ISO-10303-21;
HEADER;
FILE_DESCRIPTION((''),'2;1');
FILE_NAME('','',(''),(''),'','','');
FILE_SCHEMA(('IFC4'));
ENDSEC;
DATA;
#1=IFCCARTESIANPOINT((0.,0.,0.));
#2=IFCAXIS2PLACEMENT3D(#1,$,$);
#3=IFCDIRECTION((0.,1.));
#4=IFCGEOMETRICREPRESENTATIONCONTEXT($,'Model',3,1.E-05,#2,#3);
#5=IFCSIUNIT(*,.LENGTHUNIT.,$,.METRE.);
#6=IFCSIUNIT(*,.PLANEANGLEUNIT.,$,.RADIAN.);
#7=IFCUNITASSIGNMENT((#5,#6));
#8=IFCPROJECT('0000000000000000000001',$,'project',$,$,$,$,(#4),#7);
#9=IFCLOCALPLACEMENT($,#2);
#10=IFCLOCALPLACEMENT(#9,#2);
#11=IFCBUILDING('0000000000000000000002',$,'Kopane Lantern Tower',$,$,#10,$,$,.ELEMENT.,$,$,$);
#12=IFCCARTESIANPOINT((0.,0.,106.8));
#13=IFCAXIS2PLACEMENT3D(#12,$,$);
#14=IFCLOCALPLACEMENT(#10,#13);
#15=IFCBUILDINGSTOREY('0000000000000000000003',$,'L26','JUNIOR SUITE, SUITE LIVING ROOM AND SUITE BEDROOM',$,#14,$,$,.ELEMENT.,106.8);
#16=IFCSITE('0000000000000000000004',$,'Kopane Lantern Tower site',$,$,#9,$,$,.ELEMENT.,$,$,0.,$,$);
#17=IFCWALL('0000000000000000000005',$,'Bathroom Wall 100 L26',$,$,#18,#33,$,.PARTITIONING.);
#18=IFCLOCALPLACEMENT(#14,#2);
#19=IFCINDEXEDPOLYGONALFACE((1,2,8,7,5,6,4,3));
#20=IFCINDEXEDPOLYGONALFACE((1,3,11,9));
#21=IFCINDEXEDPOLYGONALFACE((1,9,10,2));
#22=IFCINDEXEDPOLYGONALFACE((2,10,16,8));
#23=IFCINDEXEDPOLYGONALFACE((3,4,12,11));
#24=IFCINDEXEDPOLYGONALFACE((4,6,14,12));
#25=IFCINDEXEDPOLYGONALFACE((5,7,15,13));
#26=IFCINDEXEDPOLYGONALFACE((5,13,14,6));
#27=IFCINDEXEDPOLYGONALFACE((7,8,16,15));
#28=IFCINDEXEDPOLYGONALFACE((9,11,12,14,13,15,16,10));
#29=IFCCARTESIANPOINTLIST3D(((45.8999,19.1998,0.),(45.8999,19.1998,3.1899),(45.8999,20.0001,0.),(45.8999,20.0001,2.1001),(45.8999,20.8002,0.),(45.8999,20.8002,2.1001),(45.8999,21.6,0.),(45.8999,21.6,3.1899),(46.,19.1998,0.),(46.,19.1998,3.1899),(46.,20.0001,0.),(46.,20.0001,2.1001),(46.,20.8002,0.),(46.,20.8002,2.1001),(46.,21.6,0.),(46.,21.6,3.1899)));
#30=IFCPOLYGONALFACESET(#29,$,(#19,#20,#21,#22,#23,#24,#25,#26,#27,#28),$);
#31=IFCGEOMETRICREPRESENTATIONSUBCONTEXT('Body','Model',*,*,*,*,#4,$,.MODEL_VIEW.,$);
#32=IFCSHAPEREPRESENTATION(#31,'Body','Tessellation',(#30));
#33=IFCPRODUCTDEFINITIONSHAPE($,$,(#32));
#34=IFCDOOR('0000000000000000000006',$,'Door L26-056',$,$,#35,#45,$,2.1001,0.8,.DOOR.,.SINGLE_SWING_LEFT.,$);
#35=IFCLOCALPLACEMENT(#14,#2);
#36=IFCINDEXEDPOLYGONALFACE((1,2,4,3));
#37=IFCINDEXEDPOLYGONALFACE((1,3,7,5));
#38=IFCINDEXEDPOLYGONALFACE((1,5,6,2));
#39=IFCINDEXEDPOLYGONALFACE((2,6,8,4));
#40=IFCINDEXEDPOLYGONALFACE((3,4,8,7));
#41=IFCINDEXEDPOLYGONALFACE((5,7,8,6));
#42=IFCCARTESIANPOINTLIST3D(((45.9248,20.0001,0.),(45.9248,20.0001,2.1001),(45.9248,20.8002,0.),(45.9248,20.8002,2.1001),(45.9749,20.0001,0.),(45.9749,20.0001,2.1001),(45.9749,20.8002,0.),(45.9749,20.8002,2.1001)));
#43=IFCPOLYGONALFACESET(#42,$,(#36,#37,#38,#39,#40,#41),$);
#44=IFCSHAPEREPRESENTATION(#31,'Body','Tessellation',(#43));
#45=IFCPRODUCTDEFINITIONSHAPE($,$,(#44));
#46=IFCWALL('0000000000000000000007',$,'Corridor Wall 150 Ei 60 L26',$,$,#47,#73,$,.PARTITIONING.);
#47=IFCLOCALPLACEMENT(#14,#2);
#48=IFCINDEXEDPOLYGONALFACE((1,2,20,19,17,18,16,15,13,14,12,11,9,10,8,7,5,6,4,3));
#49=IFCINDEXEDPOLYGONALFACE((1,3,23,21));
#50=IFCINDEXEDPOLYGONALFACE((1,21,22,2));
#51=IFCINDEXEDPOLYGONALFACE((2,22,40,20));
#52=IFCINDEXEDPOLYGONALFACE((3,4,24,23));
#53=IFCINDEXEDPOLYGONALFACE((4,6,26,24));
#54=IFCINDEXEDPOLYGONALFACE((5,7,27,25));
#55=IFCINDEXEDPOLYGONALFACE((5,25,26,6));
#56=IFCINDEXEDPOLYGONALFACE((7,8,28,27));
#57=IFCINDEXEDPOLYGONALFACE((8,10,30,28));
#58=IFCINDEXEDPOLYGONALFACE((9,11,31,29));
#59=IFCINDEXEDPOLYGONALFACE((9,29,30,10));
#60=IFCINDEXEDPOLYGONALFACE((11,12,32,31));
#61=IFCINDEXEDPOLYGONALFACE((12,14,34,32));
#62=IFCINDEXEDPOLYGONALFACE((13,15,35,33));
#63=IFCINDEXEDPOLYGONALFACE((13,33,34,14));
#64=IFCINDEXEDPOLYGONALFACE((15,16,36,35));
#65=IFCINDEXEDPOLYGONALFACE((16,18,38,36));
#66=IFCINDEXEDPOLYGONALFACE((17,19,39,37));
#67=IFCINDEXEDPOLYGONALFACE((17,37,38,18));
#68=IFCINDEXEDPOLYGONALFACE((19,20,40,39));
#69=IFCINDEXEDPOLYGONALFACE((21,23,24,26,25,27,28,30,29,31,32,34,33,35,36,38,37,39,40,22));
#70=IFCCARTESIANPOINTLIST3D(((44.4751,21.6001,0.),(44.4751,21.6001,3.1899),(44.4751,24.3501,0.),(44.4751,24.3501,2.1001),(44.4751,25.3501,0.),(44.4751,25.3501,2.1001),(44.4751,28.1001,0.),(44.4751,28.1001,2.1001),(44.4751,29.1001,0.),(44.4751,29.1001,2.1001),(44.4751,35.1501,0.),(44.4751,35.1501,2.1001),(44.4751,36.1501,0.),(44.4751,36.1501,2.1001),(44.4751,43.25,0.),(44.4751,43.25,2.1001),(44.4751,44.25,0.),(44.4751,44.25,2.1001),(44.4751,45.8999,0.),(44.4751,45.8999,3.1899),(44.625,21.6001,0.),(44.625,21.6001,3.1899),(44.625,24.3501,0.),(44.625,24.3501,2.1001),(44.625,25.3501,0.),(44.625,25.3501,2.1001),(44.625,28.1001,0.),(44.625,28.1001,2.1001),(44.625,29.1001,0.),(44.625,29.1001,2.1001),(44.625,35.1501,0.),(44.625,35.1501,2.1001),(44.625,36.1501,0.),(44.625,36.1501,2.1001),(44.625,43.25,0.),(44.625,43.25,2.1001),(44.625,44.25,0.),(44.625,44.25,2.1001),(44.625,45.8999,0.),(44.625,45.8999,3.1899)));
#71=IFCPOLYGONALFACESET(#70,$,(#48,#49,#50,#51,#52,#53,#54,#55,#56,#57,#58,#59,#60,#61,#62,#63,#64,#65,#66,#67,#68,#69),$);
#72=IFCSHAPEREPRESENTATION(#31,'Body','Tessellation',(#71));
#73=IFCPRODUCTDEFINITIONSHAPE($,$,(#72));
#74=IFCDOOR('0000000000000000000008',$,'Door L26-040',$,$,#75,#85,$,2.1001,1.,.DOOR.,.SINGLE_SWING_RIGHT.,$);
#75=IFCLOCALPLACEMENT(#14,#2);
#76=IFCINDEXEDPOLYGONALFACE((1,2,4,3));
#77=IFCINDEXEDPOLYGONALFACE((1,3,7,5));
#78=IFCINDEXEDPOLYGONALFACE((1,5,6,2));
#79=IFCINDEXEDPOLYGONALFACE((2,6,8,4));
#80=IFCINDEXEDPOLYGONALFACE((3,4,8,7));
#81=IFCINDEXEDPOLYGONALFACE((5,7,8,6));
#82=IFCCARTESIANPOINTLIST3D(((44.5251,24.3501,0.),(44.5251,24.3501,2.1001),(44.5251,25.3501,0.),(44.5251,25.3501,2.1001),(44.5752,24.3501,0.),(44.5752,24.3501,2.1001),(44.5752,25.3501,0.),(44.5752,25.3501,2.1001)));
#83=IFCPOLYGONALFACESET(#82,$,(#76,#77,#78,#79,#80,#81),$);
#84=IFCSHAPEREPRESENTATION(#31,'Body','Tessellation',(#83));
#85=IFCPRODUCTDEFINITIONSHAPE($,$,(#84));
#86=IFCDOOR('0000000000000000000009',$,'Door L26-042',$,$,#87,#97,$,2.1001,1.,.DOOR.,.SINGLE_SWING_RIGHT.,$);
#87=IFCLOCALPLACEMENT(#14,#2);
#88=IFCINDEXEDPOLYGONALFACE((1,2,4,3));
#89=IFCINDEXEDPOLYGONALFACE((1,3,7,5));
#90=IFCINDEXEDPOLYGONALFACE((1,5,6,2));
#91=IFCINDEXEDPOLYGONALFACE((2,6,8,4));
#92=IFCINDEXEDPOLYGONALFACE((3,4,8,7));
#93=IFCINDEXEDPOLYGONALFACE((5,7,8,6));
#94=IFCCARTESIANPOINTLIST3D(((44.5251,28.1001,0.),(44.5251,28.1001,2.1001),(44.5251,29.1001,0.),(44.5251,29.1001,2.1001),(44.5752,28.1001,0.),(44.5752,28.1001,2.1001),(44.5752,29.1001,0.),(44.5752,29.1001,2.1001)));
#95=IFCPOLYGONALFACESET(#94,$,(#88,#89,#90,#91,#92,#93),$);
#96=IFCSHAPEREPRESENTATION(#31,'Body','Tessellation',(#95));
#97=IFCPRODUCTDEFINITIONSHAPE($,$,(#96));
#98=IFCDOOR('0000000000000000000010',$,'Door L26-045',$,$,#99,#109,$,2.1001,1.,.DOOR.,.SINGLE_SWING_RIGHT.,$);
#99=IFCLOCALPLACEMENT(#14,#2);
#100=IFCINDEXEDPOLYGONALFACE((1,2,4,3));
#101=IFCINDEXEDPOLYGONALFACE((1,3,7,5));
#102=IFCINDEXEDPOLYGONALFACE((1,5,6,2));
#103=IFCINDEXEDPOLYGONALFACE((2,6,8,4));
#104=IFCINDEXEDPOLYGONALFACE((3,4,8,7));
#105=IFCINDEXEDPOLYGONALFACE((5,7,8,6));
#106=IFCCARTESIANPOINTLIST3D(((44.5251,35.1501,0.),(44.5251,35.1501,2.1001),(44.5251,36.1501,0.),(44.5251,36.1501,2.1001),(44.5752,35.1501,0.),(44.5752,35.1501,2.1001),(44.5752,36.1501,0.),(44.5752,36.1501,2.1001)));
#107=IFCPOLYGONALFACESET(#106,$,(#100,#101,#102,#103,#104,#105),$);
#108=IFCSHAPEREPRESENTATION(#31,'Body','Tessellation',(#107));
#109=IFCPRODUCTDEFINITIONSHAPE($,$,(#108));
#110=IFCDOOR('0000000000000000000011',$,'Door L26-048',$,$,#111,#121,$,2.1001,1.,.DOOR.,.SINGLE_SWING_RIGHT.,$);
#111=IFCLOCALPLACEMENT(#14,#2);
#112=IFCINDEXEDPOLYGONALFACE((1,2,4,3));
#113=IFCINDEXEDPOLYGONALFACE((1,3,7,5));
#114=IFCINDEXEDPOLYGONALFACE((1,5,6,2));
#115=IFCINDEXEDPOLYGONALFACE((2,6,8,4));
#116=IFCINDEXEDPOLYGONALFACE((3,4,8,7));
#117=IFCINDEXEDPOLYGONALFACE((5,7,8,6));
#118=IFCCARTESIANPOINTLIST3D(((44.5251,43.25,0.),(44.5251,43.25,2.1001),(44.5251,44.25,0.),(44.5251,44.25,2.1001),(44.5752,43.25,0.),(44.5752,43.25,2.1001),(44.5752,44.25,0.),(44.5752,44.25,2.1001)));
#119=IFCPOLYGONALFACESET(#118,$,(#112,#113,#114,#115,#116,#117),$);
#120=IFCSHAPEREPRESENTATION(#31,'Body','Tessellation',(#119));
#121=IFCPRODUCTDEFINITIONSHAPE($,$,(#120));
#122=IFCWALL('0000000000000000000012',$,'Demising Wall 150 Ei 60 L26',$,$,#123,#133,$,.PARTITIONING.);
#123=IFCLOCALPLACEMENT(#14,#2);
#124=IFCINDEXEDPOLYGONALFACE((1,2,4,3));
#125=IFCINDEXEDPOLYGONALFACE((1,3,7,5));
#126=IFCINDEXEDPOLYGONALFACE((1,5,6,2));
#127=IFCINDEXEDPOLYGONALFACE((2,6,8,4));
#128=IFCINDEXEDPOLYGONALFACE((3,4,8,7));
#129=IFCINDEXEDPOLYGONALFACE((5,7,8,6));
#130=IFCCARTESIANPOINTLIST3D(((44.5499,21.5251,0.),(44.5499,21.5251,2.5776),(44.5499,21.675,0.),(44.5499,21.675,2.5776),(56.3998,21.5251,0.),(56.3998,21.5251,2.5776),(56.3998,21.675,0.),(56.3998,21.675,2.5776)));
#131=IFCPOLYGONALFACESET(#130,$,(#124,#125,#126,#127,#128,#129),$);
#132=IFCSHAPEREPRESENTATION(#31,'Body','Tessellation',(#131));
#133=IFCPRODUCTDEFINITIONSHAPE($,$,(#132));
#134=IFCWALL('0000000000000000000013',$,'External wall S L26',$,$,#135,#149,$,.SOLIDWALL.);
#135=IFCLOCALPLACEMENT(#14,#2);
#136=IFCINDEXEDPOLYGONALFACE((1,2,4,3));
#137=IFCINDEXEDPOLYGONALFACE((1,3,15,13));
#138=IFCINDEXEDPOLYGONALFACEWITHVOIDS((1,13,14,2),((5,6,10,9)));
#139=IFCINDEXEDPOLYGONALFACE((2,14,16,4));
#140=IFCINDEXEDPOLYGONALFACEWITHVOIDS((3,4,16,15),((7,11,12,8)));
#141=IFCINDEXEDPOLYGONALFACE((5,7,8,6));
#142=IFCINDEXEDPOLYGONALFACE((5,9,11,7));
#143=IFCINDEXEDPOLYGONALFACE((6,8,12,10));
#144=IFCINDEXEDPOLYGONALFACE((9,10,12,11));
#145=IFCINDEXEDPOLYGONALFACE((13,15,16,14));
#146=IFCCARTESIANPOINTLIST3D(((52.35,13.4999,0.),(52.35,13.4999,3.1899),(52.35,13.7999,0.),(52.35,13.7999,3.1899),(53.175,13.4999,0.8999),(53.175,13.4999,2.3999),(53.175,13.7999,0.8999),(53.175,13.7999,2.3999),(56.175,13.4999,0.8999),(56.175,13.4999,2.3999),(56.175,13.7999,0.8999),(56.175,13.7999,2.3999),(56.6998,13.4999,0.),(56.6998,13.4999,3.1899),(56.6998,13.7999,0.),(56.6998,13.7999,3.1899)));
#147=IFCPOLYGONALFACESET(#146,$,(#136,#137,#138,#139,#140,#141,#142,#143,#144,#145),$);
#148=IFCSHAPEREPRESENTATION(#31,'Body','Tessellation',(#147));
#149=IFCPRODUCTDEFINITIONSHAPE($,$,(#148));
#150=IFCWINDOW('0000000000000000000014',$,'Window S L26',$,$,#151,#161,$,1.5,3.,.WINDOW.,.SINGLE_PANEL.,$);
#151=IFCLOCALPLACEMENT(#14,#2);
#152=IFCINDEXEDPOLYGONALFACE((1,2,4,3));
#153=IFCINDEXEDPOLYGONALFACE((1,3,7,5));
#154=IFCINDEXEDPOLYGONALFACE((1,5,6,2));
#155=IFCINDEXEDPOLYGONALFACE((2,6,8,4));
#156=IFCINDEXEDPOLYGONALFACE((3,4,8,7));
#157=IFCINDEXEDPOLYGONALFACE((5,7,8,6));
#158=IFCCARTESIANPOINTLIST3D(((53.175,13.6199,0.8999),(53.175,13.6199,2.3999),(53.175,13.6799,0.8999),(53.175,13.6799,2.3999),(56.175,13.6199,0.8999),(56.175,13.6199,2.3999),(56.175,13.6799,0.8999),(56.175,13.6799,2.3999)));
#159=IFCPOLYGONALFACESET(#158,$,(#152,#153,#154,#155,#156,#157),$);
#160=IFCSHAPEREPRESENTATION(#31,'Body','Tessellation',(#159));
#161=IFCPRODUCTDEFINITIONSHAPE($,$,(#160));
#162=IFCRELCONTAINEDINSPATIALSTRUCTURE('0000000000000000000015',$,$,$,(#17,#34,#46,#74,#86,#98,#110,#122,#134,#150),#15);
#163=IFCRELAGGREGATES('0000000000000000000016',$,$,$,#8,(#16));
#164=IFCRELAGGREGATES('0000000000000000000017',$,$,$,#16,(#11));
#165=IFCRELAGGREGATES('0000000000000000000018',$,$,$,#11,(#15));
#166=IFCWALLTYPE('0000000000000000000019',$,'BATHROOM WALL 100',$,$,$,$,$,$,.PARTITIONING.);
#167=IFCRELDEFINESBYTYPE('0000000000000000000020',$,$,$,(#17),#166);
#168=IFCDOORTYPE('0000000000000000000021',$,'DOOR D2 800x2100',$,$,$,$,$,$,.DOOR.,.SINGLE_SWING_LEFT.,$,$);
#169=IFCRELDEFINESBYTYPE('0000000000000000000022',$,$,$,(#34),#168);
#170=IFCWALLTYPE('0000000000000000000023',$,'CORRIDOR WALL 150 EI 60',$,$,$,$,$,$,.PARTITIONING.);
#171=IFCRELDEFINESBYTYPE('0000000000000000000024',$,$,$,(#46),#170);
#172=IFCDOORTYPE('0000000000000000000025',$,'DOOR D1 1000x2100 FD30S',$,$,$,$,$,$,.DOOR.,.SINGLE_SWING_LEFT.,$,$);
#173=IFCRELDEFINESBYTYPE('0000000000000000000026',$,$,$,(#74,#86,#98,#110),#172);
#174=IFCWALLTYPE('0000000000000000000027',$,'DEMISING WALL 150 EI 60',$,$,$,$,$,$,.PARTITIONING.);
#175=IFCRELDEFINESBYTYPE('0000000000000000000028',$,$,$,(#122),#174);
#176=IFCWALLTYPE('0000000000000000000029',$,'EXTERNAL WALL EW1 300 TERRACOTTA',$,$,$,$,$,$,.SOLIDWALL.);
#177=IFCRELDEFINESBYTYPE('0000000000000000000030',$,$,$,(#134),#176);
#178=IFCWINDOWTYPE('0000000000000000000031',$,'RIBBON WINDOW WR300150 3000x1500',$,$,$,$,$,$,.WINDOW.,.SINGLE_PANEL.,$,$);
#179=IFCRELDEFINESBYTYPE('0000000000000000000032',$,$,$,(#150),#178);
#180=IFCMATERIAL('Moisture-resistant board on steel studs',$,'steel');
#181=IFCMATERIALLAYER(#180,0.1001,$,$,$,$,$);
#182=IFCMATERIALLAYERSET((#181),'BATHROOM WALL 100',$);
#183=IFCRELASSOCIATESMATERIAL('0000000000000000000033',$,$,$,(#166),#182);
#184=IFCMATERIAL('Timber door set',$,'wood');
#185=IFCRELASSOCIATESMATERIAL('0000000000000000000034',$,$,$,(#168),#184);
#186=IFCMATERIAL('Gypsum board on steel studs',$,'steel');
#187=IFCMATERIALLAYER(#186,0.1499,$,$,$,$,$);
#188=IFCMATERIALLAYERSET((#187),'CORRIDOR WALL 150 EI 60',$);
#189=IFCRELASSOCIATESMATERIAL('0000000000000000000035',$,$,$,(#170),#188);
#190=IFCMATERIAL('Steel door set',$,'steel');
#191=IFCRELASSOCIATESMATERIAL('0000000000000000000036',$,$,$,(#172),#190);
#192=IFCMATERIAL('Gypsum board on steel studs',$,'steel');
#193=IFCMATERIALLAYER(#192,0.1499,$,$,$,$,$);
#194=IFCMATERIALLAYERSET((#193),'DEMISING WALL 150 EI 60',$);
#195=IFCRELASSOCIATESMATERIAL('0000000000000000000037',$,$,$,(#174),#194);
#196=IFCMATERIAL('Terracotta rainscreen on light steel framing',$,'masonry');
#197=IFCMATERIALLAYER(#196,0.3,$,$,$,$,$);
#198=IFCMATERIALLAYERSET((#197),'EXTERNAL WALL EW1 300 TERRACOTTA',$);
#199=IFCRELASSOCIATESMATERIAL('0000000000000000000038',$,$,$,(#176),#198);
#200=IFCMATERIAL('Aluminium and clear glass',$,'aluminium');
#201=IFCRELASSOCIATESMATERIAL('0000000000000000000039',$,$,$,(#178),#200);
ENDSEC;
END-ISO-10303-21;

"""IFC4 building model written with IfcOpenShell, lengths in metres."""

from ifc_helpers import new_model, si_unit, direction, frame, frame_2d, origin, place, context, subcontext, project, spatial, rectangle, extrude, material, layer, layer_set, type_object, element, fill, save


model = new_model("IFC4")

# Units and contexts
model_context = context("Model", 3, precision=1e-05, world=origin(), true_north=direction((0.0, 1.0)))
body_context = subcontext(model_context, "Body", "Model", "MODEL_VIEW")
ifc_project = project(units=[si_unit("LENGTHUNIT", "METRE"), si_unit("PLANEANGLEUNIT", "RADIAN")], contexts=[model_context])

# Site, building, storey
site_placement = place(None, origin())
site = spatial("IfcSite", under=ifc_project, at=site_placement, Name="Kopane Lantern Tower site", CompositionType="ELEMENT", RefElevation=0.0)
building_placement = place(site_placement, origin())
building = spatial("IfcBuilding", under=site, at=building_placement, Name="Kopane Lantern Tower", CompositionType="ELEMENT")
storey_placement = place(building_placement, frame((0.0, 0.0, 106.8)))
storey = spatial("IfcBuildingStorey", under=building, at=storey_placement, Name="L26", Description="JUNIOR SUITE, SUITE LIVING ROOM AND SUITE BEDROOM", CompositionType="ELEMENT", Elevation=106.8)

# Wall, opening, door
ifc_material_1 = material(Name="Moisture-resistant board on steel studs", Category="steel")
ifc_layer_1 = layer(ifc_material_1, 0.1001)
ifc_layer_set_1 = layer_set([ifc_layer_1], Name="BATHROOM WALL 100")
wall_type_1 = type_object("IfcWallType", Name="BATHROOM WALL 100", PredefinedType="PARTITIONING", material=ifc_layer_set_1)
wall_1_placement = place(storey_placement, frame((45.95, 21.6001, 0.0), z_axis=(0.0, 0.0, 1.0), x_axis=(0.0, -1.0, 0.0)))
wall_1 = element("IfcWall", 1, at=wall_1_placement, inside=storey, type_object=wall_type_1, Name="Bathroom Wall 100 L26", PredefinedType="PARTITIONING", context=body_context, shape_type="SweptSolid", body=[
    extrude(rectangle(XDim=2.4001, YDim=0.1001, at=frame_2d((1.2002, 0.0))), origin(), (0.0, 0.0, 1.0), 3.1899),
])
opening_1_placement = place(wall_1_placement, frame((0.8, 0.0, 0.0)))
opening_1 = element("IfcOpeningElement", 2, at=opening_1_placement, cuts=wall_1, PredefinedType="OPENING", context=body_context, shape_type="SweptSolid", body=[
    extrude(rectangle(XDim=0.8, YDim=2.1001, at=frame_2d((0.3999, 1.05))), frame((0.0, 0.0601, 0.0), z_axis=(0.0, -1.0, 0.0), x_axis=(1.0, 0.0, 0.0)), (0.0, 0.0, 1.0), 0.1201),
])
ifc_material_2 = material(Name="Timber door set", Category="wood")
door_type_1 = type_object("IfcDoorType", Name="DOOR D2 800x2100", OperationType="SINGLE_SWING_LEFT", PredefinedType="DOOR", material=ifc_material_2)
door_1_placement = place(opening_1_placement, origin())
door_1 = element("IfcDoor", 3, at=door_1_placement, inside=storey, type_object=door_type_1, Name="Door L26-056", OperationType="SINGLE_SWING_LEFT", OverallHeight=2.1001, OverallWidth=0.8, PredefinedType="DOOR", context=body_context, shape_type="SweptSolid", body=[
    extrude(rectangle(XDim=0.8, YDim=2.1001, at=frame_2d((0.3999, 1.05))), frame((0.0, 0.0249, 0.0), z_axis=(0.0, -1.0, 0.0), x_axis=(1.0, 0.0, 0.0)), (0.0, 0.0, 1.0), 0.05),
])
fill(opening_1, door_1)

# Wall, openings, doors
ifc_material_3 = material(Name="Gypsum board on steel studs", Category="steel")
ifc_layer_2 = layer(ifc_material_3, 0.1499)
ifc_layer_set_2 = layer_set([ifc_layer_2], Name="CORRIDOR WALL 150 EI 60")
wall_type_2 = type_object("IfcWallType", Name="CORRIDOR WALL 150 EI 60", PredefinedType="PARTITIONING", material=ifc_layer_set_2)
wall_2_placement = place(storey_placement, frame((44.55, 21.6001, 0.0), z_axis=(0.0, 0.0, 1.0), x_axis=(0.0, 1.0, 0.0)))
wall_2 = element("IfcWall", 4, at=wall_2_placement, inside=storey, type_object=wall_type_2, Name="Corridor Wall 150 Ei 60 L26", PredefinedType="PARTITIONING", context=body_context, shape_type="SweptSolid", body=[
    extrude(rectangle(XDim=24.2998, YDim=0.1499, at=frame_2d((12.1499, 0.0))), origin(), (0.0, 0.0, 1.0), 3.1899),
])
opening_2_placement = place(wall_2_placement, frame((2.75, 0.0, 0.0)))
opening_2 = element("IfcOpeningElement", 5, at=opening_2_placement, cuts=wall_2, PredefinedType="OPENING", context=body_context, shape_type="SweptSolid", body=[
    extrude(rectangle(XDim=1.0, YDim=2.1001, at=frame_2d((0.5, 1.05))), frame((0.0, 0.085, 0.0), z_axis=(0.0, -1.0, 0.0), x_axis=(1.0, 0.0, 0.0)), (0.0, 0.0, 1.0), 0.1699),
])
opening_3_placement = place(wall_2_placement, frame((6.5, 0.0, 0.0)))
opening_3 = element("IfcOpeningElement", 6, at=opening_3_placement, cuts=wall_2, PredefinedType="OPENING", context=body_context, shape_type="SweptSolid", body=[
    extrude(rectangle(XDim=1.0, YDim=2.1001, at=frame_2d((0.5, 1.05))), frame((0.0, 0.085, 0.0), z_axis=(0.0, -1.0, 0.0), x_axis=(1.0, 0.0, 0.0)), (0.0, 0.0, 1.0), 0.1699),
])
opening_4_placement = place(wall_2_placement, frame((13.55, 0.0, 0.0)))
opening_4 = element("IfcOpeningElement", 7, at=opening_4_placement, cuts=wall_2, PredefinedType="OPENING", context=body_context, shape_type="SweptSolid", body=[
    extrude(rectangle(XDim=1.0, YDim=2.1001, at=frame_2d((0.5, 1.05))), frame((0.0, 0.085, 0.0), z_axis=(0.0, -1.0, 0.0), x_axis=(1.0, 0.0, 0.0)), (0.0, 0.0, 1.0), 0.1699),
])
opening_5_placement = place(wall_2_placement, frame((21.6499, 0.0, 0.0)))
opening_5 = element("IfcOpeningElement", 8, at=opening_5_placement, cuts=wall_2, PredefinedType="OPENING", context=body_context, shape_type="SweptSolid", body=[
    extrude(rectangle(XDim=1.0, YDim=2.1001, at=frame_2d((0.5, 1.05))), frame((0.0, 0.085, 0.0), z_axis=(0.0, -1.0, 0.0), x_axis=(1.0, 0.0, 0.0)), (0.0, 0.0, 1.0), 0.1699),
])
ifc_material_4 = material(Name="Steel door set", Category="steel")
door_type_2 = type_object("IfcDoorType", Name="DOOR D1 1000x2100 FD30S", OperationType="SINGLE_SWING_LEFT", PredefinedType="DOOR", material=ifc_material_4)
door_2_placement = place(opening_2_placement, origin())
door_2 = element("IfcDoor", 9, at=door_2_placement, inside=storey, type_object=door_type_2, Name="Door L26-040", OperationType="SINGLE_SWING_RIGHT", OverallHeight=2.1001, OverallWidth=1.0, PredefinedType="DOOR", context=body_context, shape_type="SweptSolid", body=[
    extrude(rectangle(XDim=1.0, YDim=2.1001, at=frame_2d((0.5, 1.05))), frame((0.0, 0.0249, 0.0), z_axis=(0.0, -1.0, 0.0), x_axis=(1.0, 0.0, 0.0)), (0.0, 0.0, 1.0), 0.05),
])
fill(opening_2, door_2)
door_3_placement = place(opening_3_placement, origin())
door_3 = element("IfcDoor", 10, at=door_3_placement, inside=storey, type_object=door_type_2, Name="Door L26-042", OperationType="SINGLE_SWING_RIGHT", OverallHeight=2.1001, OverallWidth=1.0, PredefinedType="DOOR", context=body_context, shape_type="SweptSolid", body=[
    extrude(rectangle(XDim=1.0, YDim=2.1001, at=frame_2d((0.5, 1.05))), frame((0.0, 0.0249, 0.0), z_axis=(0.0, -1.0, 0.0), x_axis=(1.0, 0.0, 0.0)), (0.0, 0.0, 1.0), 0.05),
])
fill(opening_3, door_3)
door_4_placement = place(opening_4_placement, origin())
door_4 = element("IfcDoor", 11, at=door_4_placement, inside=storey, type_object=door_type_2, Name="Door L26-045", OperationType="SINGLE_SWING_RIGHT", OverallHeight=2.1001, OverallWidth=1.0, PredefinedType="DOOR", context=body_context, shape_type="SweptSolid", body=[
    extrude(rectangle(XDim=1.0, YDim=2.1001, at=frame_2d((0.5, 1.05))), frame((0.0, 0.0249, 0.0), z_axis=(0.0, -1.0, 0.0), x_axis=(1.0, 0.0, 0.0)), (0.0, 0.0, 1.0), 0.05),
])
fill(opening_4, door_4)
door_5_placement = place(opening_5_placement, origin())
door_5 = element("IfcDoor", 12, at=door_5_placement, inside=storey, type_object=door_type_2, Name="Door L26-048", OperationType="SINGLE_SWING_RIGHT", OverallHeight=2.1001, OverallWidth=1.0, PredefinedType="DOOR", context=body_context, shape_type="SweptSolid", body=[
    extrude(rectangle(XDim=1.0, YDim=2.1001, at=frame_2d((0.5, 1.05))), frame((0.0, 0.0249, 0.0), z_axis=(0.0, -1.0, 0.0), x_axis=(1.0, 0.0, 0.0)), (0.0, 0.0, 1.0), 0.05),
])
fill(opening_5, door_5)

# Wall
ifc_material_5 = material(Name="Gypsum board on steel studs", Category="steel")
ifc_layer_3 = layer(ifc_material_5, 0.1499)
ifc_layer_set_3 = layer_set([ifc_layer_3], Name="DEMISING WALL 150 EI 60")
wall_type_3 = type_object("IfcWallType", Name="DEMISING WALL 150 EI 60", PredefinedType="PARTITIONING", material=ifc_layer_set_3)
wall_3_placement = place(storey_placement, frame((44.55, 21.6001, 0.0), z_axis=(0.0, 0.0, 1.0), x_axis=(1.0, 0.0, 0.0)))
element("IfcWall", 13, at=wall_3_placement, inside=storey, type_object=wall_type_3, Name="Demising Wall 150 Ei 60 L26", PredefinedType="PARTITIONING", context=body_context, shape_type="SweptSolid", body=[
    extrude(rectangle(XDim=11.8499, YDim=0.1499, at=frame_2d((5.9248, 0.0))), origin(), (0.0, 0.0, 1.0), 2.5776),
])

# Wall, opening, window
ifc_material_6 = material(Name="Terracotta rainscreen on light steel framing", Category="masonry")
ifc_layer_4 = layer(ifc_material_6, 0.3)
ifc_layer_set_4 = layer_set([ifc_layer_4], Name="EXTERNAL WALL EW1 300 TERRACOTTA")
wall_type_4 = type_object("IfcWallType", Name="EXTERNAL WALL EW1 300 TERRACOTTA", PredefinedType="SOLIDWALL", material=ifc_layer_set_4)
wall_4_placement = place(storey_placement, frame((52.3501, 13.6499, 0.0), z_axis=(0.0, 0.0, 1.0), x_axis=(1.0, 0.0, 0.0)))
wall_4 = element("IfcWall", 14, at=wall_4_placement, inside=storey, type_object=wall_type_4, Name="External wall S L26", PredefinedType="SOLIDWALL", context=body_context, shape_type="SweptSolid", body=[
    extrude(rectangle(XDim=4.3499, YDim=0.3, at=frame_2d((2.1748, 0.0))), origin(), (0.0, 0.0, 1.0), 3.1899),
])
opening_6_placement = place(wall_4_placement, frame((0.825, 0.0, 0.8999)))
opening_6 = element("IfcOpeningElement", 15, at=opening_6_placement, cuts=wall_4, PredefinedType="OPENING", context=body_context, shape_type="SweptSolid", body=[
    extrude(rectangle(XDim=3.0, YDim=1.5, at=frame_2d((1.5, 0.75))), frame((0.0, 0.1599, 0.0), z_axis=(0.0, -1.0, 0.0), x_axis=(1.0, 0.0, 0.0)), (0.0, 0.0, 1.0), 0.3201),
])
ifc_material_7 = material(Name="Aluminium and clear glass", Category="aluminium")
window_type_1 = type_object("IfcWindowType", Name="RIBBON WINDOW WR300150 3000x1500", PartitioningType="SINGLE_PANEL", PredefinedType="WINDOW", material=ifc_material_7)
window_1_placement = place(opening_6_placement, origin())
window_1 = element("IfcWindow", 16, at=window_1_placement, inside=storey, type_object=window_type_1, Name="Window S L26", OverallHeight=1.5, OverallWidth=3.0, PartitioningType="SINGLE_PANEL", PredefinedType="WINDOW", context=body_context, shape_type="SweptSolid", body=[
    extrude(rectangle(XDim=3.0, YDim=1.5, at=frame_2d((1.5, 0.75))), frame((0.0, 0.03, 0.0), z_axis=(0.0, -1.0, 0.0), x_axis=(1.0, 0.0, 0.0)), (0.0, 0.0, 1.0), 0.0601),
])
fill(opening_6, window_1)

save(model, "model.ifc")
